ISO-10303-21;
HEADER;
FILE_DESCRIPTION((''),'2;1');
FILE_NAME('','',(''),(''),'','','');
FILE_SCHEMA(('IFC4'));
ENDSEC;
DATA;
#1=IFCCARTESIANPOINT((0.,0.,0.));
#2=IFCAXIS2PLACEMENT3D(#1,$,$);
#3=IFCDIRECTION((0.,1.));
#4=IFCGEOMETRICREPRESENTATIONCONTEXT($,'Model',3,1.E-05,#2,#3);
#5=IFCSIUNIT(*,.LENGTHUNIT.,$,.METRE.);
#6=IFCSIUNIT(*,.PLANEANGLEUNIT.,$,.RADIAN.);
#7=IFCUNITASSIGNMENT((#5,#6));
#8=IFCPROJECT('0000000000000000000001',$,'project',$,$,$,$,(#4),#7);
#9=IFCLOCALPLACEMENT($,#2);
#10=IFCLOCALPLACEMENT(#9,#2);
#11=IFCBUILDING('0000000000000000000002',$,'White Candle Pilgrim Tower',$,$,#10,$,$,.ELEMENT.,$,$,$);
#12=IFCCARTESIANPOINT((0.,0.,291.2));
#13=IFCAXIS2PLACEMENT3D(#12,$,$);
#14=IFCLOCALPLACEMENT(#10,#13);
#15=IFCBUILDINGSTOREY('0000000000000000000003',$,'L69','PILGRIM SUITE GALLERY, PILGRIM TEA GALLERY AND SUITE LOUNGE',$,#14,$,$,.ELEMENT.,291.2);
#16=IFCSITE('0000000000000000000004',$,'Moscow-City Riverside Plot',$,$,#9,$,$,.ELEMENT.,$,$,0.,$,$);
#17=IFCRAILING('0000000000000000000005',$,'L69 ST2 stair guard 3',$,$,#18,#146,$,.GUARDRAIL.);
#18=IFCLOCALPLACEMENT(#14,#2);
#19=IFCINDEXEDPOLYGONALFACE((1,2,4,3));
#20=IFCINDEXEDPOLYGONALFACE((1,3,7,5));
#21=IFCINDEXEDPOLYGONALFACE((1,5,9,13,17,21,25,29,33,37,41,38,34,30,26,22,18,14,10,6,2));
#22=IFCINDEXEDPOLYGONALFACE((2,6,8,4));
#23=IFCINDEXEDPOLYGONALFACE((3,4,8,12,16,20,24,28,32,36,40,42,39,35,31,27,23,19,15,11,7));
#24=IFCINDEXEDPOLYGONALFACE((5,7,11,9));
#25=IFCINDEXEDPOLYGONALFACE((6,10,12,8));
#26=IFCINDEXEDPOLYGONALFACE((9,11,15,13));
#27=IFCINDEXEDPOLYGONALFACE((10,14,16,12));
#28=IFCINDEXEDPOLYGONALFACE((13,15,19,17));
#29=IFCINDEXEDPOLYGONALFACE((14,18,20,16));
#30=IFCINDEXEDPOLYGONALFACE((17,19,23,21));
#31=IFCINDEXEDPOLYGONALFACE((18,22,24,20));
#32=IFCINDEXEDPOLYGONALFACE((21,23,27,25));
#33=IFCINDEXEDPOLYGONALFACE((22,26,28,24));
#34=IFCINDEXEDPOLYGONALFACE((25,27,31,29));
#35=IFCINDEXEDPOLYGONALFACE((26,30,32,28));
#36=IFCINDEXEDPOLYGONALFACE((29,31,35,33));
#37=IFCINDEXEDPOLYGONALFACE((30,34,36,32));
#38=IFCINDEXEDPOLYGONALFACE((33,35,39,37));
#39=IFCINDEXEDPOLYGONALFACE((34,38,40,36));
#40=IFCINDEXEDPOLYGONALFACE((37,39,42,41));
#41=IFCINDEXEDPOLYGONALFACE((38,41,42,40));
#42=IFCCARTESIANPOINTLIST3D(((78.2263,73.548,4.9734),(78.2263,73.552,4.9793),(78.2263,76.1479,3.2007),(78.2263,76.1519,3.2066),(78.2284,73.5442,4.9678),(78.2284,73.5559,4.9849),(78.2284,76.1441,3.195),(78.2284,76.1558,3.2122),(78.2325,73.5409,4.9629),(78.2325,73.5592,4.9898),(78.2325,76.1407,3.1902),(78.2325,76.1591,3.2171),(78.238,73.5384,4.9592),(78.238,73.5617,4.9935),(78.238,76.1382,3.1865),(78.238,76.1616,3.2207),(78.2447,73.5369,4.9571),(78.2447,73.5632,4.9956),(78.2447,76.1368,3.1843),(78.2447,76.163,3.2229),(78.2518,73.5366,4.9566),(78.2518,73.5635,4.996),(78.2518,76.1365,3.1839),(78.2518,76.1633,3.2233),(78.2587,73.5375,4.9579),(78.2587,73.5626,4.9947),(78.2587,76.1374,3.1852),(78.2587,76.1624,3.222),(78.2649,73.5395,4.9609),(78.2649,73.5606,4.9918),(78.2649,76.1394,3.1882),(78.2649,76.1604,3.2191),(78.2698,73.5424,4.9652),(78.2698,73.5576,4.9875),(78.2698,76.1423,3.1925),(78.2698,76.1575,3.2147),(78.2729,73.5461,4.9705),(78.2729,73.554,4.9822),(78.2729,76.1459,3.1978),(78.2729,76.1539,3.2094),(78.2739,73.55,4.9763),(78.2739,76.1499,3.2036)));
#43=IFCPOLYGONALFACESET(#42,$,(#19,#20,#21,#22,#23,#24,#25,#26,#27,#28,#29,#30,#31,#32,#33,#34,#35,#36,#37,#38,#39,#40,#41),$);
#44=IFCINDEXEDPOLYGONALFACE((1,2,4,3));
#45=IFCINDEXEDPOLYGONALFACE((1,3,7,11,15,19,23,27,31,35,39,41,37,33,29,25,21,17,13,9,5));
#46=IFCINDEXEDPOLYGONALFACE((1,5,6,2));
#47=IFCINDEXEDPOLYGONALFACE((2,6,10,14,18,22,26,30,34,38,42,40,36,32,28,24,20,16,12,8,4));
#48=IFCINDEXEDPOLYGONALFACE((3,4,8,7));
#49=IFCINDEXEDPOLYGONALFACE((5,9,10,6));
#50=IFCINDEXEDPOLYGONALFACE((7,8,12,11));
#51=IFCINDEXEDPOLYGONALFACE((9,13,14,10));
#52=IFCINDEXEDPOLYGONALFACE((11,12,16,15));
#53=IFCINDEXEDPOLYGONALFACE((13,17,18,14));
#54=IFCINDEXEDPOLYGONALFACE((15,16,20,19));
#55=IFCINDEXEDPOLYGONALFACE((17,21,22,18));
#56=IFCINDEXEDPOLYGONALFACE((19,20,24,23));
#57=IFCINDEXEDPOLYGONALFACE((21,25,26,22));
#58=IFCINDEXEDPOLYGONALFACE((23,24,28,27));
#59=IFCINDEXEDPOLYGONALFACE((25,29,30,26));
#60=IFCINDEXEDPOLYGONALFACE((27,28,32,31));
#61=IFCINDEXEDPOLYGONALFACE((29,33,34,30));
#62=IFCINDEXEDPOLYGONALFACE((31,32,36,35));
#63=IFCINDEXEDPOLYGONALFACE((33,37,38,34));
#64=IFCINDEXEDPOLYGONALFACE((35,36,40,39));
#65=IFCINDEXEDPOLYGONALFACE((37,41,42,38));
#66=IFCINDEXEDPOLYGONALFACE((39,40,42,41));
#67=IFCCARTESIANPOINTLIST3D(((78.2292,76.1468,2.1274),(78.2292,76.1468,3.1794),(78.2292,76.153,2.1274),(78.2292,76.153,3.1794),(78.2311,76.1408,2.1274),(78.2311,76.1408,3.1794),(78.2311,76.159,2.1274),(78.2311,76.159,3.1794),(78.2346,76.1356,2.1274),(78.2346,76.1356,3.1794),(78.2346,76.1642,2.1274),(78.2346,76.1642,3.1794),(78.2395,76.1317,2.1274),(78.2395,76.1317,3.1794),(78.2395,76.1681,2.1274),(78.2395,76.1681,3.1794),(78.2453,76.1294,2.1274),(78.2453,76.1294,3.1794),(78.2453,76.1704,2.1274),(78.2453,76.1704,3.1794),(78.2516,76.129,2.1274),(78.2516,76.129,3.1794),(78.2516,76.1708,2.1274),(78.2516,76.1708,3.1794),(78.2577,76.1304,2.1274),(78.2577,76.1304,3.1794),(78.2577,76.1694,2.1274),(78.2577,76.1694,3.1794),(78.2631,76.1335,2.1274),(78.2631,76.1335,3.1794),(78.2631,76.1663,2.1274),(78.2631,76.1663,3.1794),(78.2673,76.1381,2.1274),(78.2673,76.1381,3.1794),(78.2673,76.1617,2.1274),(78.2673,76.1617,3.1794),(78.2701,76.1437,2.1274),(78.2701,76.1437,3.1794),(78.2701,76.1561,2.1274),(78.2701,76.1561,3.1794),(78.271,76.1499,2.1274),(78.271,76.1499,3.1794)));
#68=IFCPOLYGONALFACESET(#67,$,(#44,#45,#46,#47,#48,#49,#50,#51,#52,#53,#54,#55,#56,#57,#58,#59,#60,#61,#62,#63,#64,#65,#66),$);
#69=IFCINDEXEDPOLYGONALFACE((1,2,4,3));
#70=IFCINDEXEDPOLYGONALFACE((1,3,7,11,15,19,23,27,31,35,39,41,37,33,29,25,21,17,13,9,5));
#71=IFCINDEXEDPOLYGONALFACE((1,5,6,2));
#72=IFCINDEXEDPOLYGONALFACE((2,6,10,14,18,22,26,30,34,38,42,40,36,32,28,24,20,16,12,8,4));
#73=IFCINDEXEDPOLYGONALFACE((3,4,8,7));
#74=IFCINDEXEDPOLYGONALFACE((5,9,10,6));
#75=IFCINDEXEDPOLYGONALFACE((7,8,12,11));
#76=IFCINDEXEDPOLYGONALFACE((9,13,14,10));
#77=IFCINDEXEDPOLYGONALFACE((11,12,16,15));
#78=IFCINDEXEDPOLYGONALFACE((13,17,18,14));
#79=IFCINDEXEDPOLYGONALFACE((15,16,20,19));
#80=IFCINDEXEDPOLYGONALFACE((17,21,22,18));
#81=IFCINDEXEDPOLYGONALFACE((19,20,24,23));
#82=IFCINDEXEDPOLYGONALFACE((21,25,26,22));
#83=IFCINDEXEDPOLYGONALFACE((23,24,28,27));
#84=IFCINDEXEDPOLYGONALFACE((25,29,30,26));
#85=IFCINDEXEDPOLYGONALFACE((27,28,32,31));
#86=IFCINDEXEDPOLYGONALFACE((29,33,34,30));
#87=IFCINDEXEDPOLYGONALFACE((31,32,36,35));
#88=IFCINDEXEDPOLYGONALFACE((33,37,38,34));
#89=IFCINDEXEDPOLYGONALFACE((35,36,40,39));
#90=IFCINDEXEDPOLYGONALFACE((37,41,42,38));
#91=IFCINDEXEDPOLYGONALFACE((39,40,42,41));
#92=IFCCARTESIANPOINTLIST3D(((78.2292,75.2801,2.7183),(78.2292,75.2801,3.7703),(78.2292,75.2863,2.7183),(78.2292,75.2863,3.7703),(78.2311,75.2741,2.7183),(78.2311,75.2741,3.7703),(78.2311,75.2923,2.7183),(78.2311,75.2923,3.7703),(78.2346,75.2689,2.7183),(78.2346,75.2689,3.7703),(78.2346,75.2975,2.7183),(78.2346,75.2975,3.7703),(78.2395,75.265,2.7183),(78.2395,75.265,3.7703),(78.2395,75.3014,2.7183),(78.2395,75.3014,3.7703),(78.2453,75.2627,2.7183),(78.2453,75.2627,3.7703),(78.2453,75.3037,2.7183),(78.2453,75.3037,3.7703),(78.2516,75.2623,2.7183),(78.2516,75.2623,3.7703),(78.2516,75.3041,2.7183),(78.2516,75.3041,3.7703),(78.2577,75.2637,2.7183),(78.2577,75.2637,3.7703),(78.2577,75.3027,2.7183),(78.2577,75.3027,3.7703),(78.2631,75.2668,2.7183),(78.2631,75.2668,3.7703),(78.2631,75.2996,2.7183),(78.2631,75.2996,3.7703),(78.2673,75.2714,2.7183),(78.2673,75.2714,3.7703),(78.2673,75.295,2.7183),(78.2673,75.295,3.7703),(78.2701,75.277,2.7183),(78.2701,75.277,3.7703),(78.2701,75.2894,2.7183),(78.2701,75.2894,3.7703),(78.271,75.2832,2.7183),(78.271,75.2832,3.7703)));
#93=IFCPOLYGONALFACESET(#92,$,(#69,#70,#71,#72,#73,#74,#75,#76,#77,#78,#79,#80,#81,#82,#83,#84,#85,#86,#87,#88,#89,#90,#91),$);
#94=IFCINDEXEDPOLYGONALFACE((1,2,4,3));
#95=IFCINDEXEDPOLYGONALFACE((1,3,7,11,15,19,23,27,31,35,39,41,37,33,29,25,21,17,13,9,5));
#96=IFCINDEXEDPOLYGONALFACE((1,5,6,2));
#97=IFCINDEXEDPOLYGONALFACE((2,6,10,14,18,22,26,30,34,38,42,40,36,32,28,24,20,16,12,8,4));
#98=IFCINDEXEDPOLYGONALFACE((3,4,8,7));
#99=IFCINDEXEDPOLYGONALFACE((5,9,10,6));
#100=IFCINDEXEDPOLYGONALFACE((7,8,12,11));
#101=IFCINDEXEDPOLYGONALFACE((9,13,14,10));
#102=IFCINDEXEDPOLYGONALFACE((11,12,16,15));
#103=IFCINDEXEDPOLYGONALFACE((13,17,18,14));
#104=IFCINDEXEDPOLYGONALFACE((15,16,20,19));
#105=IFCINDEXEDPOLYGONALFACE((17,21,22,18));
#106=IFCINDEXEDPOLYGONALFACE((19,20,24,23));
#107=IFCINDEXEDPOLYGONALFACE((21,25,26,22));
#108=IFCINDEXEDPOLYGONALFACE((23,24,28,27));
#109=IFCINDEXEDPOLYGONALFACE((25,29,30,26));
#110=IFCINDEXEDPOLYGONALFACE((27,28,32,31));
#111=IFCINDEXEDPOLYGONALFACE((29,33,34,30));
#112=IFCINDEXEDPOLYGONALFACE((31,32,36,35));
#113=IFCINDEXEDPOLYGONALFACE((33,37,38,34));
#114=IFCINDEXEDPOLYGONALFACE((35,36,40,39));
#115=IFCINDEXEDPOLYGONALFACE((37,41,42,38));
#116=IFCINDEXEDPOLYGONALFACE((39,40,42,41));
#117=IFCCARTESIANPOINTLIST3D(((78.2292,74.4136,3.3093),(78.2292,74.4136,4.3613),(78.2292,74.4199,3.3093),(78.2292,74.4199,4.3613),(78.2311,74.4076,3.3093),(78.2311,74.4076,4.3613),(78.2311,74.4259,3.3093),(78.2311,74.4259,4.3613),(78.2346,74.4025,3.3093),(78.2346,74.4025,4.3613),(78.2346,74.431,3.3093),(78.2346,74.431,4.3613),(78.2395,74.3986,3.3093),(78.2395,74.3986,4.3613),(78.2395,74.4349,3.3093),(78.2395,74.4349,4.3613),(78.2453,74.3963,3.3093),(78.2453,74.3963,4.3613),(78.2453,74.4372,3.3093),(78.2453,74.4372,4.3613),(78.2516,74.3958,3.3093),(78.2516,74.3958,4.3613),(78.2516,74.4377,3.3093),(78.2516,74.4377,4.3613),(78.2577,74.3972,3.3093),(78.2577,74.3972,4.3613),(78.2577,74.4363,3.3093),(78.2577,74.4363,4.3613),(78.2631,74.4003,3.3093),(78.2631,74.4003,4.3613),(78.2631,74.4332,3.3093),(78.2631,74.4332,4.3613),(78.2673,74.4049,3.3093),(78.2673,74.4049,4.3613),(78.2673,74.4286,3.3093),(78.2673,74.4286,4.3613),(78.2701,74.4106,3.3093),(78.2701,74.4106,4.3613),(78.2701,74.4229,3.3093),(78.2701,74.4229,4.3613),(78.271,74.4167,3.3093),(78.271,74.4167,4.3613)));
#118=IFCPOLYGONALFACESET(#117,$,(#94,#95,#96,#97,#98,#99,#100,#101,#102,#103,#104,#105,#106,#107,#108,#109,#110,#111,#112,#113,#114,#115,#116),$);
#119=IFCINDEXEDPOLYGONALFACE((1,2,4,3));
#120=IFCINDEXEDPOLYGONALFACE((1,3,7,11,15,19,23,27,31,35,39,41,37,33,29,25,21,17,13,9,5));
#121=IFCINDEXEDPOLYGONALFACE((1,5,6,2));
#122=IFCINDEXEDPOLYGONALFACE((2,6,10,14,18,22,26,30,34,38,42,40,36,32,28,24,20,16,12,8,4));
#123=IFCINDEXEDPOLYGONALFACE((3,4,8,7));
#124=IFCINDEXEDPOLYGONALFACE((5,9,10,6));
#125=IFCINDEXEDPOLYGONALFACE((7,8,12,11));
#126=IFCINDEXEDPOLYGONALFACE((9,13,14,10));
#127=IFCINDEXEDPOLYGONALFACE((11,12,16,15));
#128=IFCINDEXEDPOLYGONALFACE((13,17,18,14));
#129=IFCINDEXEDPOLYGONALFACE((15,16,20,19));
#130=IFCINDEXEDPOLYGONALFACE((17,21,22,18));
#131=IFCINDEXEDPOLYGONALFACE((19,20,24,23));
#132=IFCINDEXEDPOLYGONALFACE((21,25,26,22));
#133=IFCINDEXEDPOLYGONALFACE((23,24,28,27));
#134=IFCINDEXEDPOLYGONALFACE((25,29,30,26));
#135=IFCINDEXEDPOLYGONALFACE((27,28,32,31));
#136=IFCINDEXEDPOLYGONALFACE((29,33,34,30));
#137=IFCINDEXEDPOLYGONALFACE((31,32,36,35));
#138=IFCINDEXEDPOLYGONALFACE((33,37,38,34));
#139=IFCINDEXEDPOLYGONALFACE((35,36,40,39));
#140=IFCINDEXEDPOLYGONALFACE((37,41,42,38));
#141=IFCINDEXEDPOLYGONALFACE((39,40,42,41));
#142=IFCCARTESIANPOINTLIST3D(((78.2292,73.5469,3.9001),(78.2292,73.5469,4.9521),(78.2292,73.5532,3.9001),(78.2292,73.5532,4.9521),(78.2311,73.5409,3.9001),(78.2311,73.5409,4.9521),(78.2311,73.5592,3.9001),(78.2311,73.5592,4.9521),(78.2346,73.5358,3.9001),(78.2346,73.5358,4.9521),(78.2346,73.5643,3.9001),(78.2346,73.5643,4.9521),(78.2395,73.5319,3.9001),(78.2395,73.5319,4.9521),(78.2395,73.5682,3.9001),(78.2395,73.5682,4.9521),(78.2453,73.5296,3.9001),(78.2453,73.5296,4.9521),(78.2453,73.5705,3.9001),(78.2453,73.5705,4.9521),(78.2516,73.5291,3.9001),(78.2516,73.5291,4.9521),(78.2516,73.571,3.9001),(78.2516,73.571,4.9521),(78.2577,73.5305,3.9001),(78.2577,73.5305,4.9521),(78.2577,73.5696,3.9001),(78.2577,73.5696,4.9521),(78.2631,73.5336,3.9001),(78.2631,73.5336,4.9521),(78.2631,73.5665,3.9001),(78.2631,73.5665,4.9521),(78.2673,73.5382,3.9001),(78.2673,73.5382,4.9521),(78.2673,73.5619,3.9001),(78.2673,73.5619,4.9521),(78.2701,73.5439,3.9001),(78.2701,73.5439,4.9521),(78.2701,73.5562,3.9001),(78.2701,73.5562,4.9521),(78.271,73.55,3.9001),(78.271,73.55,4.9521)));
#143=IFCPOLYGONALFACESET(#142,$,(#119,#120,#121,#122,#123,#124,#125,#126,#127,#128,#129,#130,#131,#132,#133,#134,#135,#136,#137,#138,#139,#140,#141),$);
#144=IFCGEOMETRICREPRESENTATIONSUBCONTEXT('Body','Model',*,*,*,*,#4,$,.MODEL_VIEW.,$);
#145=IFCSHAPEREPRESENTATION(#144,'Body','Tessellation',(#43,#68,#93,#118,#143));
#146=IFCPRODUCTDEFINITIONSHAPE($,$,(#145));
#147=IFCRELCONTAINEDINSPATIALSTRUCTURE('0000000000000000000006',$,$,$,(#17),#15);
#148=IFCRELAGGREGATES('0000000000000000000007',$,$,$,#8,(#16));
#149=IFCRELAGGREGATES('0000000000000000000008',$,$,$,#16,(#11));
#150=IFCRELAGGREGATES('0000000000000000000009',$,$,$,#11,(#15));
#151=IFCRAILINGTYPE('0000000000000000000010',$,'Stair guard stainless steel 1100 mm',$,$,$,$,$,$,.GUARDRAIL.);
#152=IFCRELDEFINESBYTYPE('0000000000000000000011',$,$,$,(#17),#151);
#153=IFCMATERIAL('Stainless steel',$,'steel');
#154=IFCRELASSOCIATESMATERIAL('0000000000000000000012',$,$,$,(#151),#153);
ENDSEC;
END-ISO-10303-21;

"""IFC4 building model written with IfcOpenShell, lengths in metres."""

from ifc_helpers import new_model, si_unit, direction, frame, origin, origin_2d, place, context, subcontext, project, spatial, circle, extrude, material, type_object, element, save


model = new_model("IFC4")

# Units and contexts
model_context = context("Model", 3, precision=1e-05, world=origin(), true_north=direction((0.0, 1.0)))
body_context = subcontext(model_context, "Body", "Model", "MODEL_VIEW")
ifc_project = project(units=[si_unit("LENGTHUNIT", "METRE"), si_unit("PLANEANGLEUNIT", "RADIAN")], contexts=[model_context])

# Site, building, storey
site_placement = place(None, origin())
site = spatial("IfcSite", under=ifc_project, at=site_placement, Name="Moscow-City Riverside Plot", CompositionType="ELEMENT", RefElevation=0.0)
building_placement = place(site_placement, origin())
building = spatial("IfcBuilding", under=site, at=building_placement, Name="White Candle Pilgrim Tower", CompositionType="ELEMENT")
storey_placement = place(building_placement, frame((0.0, 0.0, 291.2)))
storey = spatial("IfcBuildingStorey", under=building, at=storey_placement, Name="L69", Description="PILGRIM SUITE GALLERY, PILGRIM TEA GALLERY AND SUITE LOUNGE", CompositionType="ELEMENT", Elevation=291.2)

# Railing
ifc_material_1 = material(Name="Stainless steel", Category="steel")
railing_type_1 = type_object("IfcRailingType", Name="Stair guard stainless steel 1100 mm", PredefinedType="GUARDRAIL", material=ifc_material_1)
railing_1_placement = place(storey_placement, frame((78.25, 76.1499, 2.1274)))
element("IfcRailing", 1, at=railing_1_placement, inside=storey, type_object=railing_type_1, Name="L69 ST2 stair guard 3", PredefinedType="GUARDRAIL", context=body_context, shape_type="SweptSolid", body=[
    extrude(circle(Radius=0.0239, at=origin_2d()), frame((0.0, 0.0, 1.0762), z_axis=(0.0, -0.826216, 0.563354), x_axis=(1.0, 0.0, 0.0)), (0.0, 0.0, 1.0), 3.1467),
    extrude(circle(Radius=0.021, at=origin_2d()), origin(), (0.0, 0.0, 1.0), 1.052),
    extrude(circle(Radius=0.021, at=origin_2d()), frame((0.0, -0.8667, 0.5908)), (0.0, 0.0, 1.0), 1.052),
    extrude(circle(Radius=0.021, at=origin_2d()), frame((0.0, -1.7332, 1.1819)), (0.0, 0.0, 1.0), 1.052),
    extrude(circle(Radius=0.021, at=origin_2d()), frame((0.0, -2.5999, 1.7727)), (0.0, 0.0, 1.0), 1.052),
])

save(model, "model.ifc")
